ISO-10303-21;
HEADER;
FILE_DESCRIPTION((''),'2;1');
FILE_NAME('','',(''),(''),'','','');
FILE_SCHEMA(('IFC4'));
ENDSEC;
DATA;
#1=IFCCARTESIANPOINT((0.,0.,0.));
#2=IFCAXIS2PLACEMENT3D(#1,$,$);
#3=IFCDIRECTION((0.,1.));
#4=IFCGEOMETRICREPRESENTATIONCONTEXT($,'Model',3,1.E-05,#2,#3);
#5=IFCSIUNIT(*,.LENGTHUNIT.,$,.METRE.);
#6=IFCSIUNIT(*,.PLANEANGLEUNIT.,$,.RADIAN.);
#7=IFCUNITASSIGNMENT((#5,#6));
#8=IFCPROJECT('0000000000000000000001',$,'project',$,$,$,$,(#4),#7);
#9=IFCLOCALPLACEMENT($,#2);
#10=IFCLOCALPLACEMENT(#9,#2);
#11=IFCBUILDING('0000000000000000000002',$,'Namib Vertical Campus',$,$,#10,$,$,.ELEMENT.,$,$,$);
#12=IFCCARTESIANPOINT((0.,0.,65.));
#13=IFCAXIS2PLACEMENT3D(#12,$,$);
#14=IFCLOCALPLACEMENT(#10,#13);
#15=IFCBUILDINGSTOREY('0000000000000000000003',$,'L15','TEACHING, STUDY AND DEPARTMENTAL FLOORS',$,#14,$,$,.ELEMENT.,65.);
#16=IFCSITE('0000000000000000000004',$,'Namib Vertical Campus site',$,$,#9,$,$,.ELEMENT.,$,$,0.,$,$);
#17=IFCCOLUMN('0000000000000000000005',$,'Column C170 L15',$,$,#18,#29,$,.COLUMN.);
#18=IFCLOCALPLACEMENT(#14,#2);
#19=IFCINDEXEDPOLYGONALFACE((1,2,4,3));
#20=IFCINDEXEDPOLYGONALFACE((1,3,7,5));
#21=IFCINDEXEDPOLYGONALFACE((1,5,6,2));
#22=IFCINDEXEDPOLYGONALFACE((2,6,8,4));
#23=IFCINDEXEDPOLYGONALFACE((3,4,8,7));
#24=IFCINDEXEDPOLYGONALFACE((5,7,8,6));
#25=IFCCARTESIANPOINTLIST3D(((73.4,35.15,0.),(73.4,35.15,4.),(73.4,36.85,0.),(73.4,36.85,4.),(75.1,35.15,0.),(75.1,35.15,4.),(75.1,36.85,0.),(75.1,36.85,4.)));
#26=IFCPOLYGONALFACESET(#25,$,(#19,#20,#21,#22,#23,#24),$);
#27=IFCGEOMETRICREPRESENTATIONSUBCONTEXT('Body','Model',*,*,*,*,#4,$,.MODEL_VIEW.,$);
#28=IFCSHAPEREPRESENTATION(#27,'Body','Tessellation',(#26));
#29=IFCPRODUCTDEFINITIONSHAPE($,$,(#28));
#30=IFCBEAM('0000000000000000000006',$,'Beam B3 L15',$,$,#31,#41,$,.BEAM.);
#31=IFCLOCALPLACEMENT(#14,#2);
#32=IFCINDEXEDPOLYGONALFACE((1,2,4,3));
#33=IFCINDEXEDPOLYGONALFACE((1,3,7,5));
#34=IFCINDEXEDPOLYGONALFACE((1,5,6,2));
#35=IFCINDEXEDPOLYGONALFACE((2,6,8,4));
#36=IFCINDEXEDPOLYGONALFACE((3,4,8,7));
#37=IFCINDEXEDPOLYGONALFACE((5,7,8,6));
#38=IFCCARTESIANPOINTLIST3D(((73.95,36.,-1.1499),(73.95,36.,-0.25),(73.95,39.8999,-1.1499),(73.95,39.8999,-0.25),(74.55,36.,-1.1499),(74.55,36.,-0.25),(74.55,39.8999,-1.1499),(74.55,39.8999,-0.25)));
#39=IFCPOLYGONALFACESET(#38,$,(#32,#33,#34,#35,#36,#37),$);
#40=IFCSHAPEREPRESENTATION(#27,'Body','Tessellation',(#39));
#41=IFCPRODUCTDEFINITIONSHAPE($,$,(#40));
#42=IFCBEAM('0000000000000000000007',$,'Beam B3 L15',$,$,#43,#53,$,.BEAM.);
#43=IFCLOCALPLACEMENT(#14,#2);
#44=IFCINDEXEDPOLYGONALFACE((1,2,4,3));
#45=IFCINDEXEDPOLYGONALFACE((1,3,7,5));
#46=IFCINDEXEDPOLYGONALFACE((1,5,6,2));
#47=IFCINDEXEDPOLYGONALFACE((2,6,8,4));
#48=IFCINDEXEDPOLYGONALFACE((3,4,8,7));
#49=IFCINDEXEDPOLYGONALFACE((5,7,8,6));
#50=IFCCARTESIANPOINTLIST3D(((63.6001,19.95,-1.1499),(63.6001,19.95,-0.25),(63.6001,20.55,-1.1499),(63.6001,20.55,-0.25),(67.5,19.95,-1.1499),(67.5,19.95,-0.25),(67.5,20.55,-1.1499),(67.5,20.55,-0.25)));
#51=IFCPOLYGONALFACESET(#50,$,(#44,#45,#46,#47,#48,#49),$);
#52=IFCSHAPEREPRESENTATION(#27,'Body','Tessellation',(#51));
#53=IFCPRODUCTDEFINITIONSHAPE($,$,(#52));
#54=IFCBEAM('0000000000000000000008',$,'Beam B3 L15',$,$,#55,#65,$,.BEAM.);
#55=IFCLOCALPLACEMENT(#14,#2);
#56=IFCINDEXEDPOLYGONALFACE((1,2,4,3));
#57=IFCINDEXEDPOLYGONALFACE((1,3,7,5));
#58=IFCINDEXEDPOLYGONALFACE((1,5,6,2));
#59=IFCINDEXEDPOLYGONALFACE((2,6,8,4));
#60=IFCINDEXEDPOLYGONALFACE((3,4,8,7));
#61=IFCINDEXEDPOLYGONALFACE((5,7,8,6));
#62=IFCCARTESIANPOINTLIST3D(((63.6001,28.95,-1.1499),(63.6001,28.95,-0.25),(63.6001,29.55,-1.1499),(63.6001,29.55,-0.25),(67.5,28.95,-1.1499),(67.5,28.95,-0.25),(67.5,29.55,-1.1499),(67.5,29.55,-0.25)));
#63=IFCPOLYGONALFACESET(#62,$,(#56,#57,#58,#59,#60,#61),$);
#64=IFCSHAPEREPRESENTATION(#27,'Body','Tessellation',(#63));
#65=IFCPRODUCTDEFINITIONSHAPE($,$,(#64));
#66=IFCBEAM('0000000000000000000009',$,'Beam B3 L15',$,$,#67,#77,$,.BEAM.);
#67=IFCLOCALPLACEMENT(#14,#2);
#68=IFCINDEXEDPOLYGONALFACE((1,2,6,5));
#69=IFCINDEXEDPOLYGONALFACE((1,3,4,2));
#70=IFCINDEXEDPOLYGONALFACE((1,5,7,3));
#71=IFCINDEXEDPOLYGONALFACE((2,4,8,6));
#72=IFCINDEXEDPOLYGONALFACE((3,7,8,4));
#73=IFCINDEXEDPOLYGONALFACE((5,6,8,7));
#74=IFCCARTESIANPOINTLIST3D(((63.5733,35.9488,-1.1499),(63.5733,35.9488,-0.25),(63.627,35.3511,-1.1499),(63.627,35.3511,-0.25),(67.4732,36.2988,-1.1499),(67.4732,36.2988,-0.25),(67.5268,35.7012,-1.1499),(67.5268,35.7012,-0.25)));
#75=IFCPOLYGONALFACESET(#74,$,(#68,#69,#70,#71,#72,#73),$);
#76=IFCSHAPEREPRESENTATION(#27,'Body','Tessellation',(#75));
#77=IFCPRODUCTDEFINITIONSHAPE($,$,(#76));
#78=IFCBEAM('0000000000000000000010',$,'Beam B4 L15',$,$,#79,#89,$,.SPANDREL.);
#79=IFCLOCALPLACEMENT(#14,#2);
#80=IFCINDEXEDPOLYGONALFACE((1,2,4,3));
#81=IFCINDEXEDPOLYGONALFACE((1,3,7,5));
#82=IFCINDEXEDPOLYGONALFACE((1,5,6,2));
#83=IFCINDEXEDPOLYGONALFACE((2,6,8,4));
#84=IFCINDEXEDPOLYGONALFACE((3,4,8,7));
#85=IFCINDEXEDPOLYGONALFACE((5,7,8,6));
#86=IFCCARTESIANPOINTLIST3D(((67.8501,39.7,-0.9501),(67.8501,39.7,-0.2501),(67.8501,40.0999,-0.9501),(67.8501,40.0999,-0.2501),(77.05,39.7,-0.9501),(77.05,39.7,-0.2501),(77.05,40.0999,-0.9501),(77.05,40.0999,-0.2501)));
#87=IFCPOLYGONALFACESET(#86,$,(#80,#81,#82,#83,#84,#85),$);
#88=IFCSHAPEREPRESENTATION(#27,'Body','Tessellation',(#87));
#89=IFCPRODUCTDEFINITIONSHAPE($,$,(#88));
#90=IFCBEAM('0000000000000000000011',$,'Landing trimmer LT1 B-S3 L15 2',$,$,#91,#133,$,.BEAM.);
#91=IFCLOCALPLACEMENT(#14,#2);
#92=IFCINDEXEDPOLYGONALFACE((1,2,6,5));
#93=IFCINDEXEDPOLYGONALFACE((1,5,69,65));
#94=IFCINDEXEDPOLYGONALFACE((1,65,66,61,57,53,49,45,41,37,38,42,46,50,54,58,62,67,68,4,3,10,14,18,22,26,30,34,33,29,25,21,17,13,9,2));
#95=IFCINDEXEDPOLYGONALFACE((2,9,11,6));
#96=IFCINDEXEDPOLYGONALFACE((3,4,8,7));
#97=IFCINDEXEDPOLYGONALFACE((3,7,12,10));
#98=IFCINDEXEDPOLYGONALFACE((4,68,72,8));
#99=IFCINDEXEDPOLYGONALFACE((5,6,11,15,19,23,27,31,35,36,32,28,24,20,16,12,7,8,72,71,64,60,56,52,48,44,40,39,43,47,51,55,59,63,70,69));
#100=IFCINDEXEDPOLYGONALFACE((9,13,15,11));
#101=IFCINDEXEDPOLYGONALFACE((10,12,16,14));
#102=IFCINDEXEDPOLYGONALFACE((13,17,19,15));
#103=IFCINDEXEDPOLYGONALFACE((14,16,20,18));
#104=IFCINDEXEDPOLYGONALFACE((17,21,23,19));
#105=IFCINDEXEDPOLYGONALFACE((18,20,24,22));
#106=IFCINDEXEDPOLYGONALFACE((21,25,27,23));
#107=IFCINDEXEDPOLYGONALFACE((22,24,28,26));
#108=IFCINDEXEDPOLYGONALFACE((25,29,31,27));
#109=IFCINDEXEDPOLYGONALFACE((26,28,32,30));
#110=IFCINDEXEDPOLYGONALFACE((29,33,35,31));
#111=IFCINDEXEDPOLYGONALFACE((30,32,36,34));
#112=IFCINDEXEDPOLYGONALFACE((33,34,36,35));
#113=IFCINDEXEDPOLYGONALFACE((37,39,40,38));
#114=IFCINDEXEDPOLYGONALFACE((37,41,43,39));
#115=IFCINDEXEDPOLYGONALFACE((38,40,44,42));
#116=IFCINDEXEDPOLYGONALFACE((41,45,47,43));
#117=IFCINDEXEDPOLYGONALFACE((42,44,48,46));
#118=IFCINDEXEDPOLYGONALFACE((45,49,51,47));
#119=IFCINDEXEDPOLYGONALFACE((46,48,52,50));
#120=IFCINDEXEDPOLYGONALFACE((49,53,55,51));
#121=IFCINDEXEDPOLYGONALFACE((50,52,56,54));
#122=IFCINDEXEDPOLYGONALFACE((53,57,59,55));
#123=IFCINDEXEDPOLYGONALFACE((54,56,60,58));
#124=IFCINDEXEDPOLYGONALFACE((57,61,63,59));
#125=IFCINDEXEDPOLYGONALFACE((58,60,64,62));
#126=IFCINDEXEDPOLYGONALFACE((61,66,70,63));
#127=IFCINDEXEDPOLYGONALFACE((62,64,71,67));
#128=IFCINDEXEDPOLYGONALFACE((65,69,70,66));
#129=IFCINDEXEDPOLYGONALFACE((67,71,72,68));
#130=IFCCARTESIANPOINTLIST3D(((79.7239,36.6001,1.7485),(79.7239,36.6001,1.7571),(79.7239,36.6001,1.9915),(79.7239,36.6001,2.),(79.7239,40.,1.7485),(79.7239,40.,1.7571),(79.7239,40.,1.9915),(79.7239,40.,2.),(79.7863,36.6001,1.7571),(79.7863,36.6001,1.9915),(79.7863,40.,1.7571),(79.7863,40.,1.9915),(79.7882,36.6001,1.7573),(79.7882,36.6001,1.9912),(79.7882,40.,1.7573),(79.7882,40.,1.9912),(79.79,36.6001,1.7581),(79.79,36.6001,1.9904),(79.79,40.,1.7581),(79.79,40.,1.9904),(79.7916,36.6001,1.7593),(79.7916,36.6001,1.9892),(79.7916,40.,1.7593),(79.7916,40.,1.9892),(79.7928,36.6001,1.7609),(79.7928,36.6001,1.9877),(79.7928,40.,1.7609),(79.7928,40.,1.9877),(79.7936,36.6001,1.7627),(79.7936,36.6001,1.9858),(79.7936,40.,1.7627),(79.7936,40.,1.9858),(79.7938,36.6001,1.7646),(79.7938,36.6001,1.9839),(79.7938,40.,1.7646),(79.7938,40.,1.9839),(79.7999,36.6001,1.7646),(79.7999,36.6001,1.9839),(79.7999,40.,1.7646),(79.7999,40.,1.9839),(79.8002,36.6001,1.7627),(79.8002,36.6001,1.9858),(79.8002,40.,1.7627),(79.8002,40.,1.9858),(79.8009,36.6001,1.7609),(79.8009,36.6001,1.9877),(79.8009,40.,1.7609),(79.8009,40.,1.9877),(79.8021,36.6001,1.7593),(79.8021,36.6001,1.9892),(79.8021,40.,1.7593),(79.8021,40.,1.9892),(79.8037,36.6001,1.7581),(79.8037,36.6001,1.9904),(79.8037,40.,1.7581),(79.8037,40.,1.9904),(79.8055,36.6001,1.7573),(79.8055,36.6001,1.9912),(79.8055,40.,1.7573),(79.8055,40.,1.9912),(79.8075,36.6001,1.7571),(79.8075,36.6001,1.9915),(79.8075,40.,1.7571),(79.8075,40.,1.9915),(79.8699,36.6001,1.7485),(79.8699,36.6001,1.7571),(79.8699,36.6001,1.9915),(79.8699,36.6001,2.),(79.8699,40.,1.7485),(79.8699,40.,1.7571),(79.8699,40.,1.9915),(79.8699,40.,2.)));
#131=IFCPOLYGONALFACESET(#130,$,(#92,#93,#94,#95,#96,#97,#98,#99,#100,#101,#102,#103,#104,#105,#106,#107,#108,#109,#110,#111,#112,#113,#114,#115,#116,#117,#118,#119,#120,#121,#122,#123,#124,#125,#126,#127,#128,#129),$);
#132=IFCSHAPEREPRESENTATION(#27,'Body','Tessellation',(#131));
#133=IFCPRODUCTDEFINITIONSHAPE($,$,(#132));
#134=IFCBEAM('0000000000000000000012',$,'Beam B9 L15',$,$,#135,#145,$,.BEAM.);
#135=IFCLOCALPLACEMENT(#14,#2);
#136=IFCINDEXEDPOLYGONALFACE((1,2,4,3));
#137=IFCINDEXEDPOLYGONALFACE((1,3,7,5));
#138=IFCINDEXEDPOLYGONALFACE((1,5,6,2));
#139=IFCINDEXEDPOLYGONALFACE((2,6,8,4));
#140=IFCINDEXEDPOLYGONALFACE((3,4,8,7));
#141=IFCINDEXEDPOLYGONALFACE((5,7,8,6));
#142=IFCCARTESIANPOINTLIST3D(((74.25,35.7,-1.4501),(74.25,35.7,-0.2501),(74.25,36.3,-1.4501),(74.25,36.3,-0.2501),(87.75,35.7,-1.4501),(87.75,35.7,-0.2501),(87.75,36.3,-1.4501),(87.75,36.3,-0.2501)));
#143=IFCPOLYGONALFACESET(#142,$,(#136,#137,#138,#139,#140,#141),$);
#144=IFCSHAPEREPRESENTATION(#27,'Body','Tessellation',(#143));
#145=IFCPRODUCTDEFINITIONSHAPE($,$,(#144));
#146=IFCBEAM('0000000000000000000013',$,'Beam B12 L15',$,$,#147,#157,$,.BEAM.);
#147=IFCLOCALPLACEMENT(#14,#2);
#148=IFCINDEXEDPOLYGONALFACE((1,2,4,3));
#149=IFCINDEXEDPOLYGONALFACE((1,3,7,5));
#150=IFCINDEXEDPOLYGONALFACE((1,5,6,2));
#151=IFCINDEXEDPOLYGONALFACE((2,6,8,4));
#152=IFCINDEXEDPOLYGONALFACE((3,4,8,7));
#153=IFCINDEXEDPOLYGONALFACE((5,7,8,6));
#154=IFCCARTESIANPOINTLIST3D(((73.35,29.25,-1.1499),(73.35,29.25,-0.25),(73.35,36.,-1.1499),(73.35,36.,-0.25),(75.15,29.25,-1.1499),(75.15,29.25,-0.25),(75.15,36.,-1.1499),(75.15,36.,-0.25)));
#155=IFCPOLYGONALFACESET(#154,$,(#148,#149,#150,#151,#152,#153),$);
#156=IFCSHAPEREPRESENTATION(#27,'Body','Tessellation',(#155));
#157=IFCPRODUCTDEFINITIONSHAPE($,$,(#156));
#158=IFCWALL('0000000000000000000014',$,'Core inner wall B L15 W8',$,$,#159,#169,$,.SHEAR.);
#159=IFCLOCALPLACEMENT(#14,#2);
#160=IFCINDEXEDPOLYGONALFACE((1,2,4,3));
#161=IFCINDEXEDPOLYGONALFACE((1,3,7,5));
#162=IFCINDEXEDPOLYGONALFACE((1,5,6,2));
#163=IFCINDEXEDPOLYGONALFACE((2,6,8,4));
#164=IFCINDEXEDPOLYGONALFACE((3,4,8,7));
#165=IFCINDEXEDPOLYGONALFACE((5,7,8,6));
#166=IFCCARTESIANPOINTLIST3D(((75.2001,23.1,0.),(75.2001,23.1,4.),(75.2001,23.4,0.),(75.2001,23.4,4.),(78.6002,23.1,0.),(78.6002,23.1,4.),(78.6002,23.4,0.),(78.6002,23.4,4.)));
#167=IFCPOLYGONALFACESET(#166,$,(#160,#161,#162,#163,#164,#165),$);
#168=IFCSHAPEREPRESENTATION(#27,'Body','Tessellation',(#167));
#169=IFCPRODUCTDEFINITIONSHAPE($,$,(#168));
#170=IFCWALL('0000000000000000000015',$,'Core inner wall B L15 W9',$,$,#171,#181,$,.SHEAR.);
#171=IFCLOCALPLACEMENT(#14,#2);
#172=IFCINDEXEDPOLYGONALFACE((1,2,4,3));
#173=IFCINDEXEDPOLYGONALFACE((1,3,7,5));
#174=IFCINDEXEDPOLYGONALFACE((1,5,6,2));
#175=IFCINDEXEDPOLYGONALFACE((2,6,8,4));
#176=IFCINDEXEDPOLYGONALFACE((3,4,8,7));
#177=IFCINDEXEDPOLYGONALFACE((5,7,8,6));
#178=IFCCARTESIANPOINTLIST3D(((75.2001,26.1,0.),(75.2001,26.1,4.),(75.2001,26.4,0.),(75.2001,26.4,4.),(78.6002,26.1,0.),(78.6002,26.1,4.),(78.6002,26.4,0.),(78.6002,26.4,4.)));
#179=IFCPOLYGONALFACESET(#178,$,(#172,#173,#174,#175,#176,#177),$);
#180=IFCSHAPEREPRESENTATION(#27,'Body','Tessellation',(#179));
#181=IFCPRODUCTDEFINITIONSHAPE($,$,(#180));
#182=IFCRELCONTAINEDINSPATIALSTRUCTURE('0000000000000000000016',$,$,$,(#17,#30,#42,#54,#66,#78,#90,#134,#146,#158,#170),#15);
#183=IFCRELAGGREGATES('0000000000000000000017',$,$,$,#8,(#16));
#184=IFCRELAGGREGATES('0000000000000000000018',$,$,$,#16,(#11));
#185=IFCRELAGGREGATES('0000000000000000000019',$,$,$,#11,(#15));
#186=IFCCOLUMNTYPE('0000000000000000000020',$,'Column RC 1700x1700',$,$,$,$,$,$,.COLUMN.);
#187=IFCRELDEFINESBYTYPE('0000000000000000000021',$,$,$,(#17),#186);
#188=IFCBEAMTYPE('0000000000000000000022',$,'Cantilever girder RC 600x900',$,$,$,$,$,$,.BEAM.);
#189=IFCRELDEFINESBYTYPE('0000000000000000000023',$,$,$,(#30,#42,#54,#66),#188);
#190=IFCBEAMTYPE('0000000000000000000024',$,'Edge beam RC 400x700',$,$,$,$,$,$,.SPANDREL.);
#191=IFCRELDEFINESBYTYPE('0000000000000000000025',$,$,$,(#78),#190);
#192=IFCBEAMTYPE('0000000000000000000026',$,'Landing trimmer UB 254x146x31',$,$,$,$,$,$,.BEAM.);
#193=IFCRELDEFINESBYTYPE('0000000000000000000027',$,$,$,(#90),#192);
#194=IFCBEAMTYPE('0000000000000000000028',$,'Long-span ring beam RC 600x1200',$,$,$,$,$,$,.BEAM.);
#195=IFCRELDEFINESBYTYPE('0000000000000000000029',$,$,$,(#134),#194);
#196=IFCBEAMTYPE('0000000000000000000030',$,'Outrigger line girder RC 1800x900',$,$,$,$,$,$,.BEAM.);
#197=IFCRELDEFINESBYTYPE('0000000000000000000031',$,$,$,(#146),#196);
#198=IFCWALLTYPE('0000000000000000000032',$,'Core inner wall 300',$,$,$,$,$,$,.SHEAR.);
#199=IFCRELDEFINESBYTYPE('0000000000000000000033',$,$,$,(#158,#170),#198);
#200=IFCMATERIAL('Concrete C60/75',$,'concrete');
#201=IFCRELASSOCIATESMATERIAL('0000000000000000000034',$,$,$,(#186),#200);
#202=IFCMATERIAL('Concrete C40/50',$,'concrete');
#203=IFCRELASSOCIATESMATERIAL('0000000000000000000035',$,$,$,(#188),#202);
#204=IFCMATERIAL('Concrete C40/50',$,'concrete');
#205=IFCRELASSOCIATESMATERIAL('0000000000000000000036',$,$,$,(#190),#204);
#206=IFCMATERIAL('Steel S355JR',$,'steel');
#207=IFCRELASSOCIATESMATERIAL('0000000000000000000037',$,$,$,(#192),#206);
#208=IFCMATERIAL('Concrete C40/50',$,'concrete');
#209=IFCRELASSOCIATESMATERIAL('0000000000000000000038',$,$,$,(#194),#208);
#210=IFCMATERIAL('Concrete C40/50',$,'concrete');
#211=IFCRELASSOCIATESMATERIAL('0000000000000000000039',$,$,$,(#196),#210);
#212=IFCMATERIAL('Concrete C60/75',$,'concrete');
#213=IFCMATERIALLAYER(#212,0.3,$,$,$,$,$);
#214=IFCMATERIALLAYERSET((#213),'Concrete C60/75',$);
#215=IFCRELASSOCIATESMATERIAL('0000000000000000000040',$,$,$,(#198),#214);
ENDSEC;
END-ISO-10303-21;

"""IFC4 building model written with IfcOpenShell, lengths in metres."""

from ifc_helpers import new_model, si_unit, direction, frame, frame_2d, origin, origin_2d, place, context, subcontext, project, spatial, rectangle, i_section, extrude, material, layer, layer_set, material_profile, profile_set, type_object, element, save


model = new_model("IFC4")

# Units and contexts
model_context = context("Model", 3, precision=1e-05, world=origin(), true_north=direction((0.0, 1.0)))
body_context = subcontext(model_context, "Body", "Model", "MODEL_VIEW")
ifc_project = project(units=[si_unit("LENGTHUNIT", "METRE"), si_unit("PLANEANGLEUNIT", "RADIAN")], contexts=[model_context])

# Site, building, storey
site_placement = place(None, origin())
site = spatial("IfcSite", under=ifc_project, at=site_placement, Name="Namib Vertical Campus site", CompositionType="ELEMENT", RefElevation=0.0)
building_placement = place(site_placement, origin())
building = spatial("IfcBuilding", under=site, at=building_placement, Name="Namib Vertical Campus", CompositionType="ELEMENT")
storey_placement = place(building_placement, frame((0.0, 0.0, 65.0)))
storey = spatial("IfcBuildingStorey", under=building, at=storey_placement, Name="L15", Description="TEACHING, STUDY AND DEPARTMENTAL FLOORS", CompositionType="ELEMENT", Elevation=65.0)

# Column
ifc_material_1 = material(Name="Concrete C60/75", Category="concrete")
ifc_material_profile_1 = material_profile(ifc_material_1, rectangle(XDim=1.7, YDim=1.7, at=origin_2d()))
ifc_profile_set_1 = profile_set([ifc_material_profile_1], Name="Concrete C60/75")
column_type = type_object("IfcColumnType", Name="Column RC 1700x1700", PredefinedType="COLUMN", material=ifc_profile_set_1)
column_placement = place(storey_placement, frame((74.25, 36.0, 0.0), z_axis=(0.0, 0.0, 1.0), x_axis=(1.0, 0.0, 0.0)))
element("IfcColumn", 1, at=column_placement, inside=storey, type_object=column_type, Name="Column C170 L15", PredefinedType="COLUMN", context=body_context, shape_type="SweptSolid", body=[
    extrude(rectangle(XDim=1.7, YDim=1.7, at=origin_2d()), origin(), (0.0, 0.0, 1.0), 4.0),
])

# Beams
ifc_material_2 = material(Name="Concrete C40/50", Category="concrete")
ifc_material_profile_2 = material_profile(ifc_material_2, rectangle(XDim=0.6001, YDim=0.8999, at=origin_2d()))
ifc_profile_set_2 = profile_set([ifc_material_profile_2], Name="Concrete C40/50")
beam_type_1 = type_object("IfcBeamType", Name="Cantilever girder RC 600x900", PredefinedType="BEAM", material=ifc_profile_set_2)
for number, where, z_axis, x_axis, name in (
    (2, (74.25, 36.0, -0.7), (0.0, 1.0, 0.0), (-1.0, 0.0, 0.0), "Beam B3 L15"),
    (3, (67.5, 20.25, -0.7), (-1.0, 0.0, 0.0), (0.0, -1.0, 0.0), "Beam B3 L15"),
    (4, (67.5, 29.25, -0.7), (-1.0, 0.0, 0.0), (0.0, -1.0, 0.0), "Beam B3 L15"),
):
    element("IfcBeam", number, at=place(storey_placement, frame(where, z_axis=z_axis, x_axis=x_axis)), inside=storey, type_object=beam_type_1, Name=name, PredefinedType="BEAM", context=body_context, shape_type="SweptSolid", body=[
        extrude(rectangle(XDim=0.6001, YDim=0.8999, at=origin_2d()), origin(), (0.0, 0.0, 1.0), 3.8999),
    ])
beam_1_placement = place(storey_placement, frame((67.5, 36.0, -0.7), z_axis=(-0.995995, -0.089411, 0.0), x_axis=(0.089411, -0.995995, 0.0)))
element("IfcBeam", 5, at=beam_1_placement, inside=storey, type_object=beam_type_1, Name="Beam B3 L15", PredefinedType="BEAM", context=body_context, shape_type="SweptSolid", body=[
    extrude(rectangle(XDim=0.6001, YDim=0.8999, at=origin_2d()), origin(), (0.0, 0.0, 1.0), 3.9155),
])
ifc_material_3 = material(Name="Concrete C40/50", Category="concrete")
ifc_material_profile_3 = material_profile(ifc_material_3, rectangle(XDim=0.3999, YDim=0.7, at=origin_2d()))
ifc_profile_set_3 = profile_set([ifc_material_profile_3], Name="Concrete C40/50")
beam_type_2 = type_object("IfcBeamType", Name="Edge beam RC 400x700", PredefinedType="SPANDREL", material=ifc_profile_set_3)
beam_2_placement = place(storey_placement, frame((67.8501, 39.8999, -0.6001), z_axis=(1.0, 0.0, 0.0), x_axis=(0.0, 1.0, 0.0)))
element("IfcBeam", 6, at=beam_2_placement, inside=storey, type_object=beam_type_2, Name="Beam B4 L15", PredefinedType="SPANDREL", context=body_context, shape_type="SweptSolid", body=[
    extrude(rectangle(XDim=0.3999, YDim=0.7, at=origin_2d()), origin(), (0.0, 0.0, 1.0), 9.2),
])
ifc_material_4 = material(Name="Steel S355JR", Category="steel")
ifc_material_profile_4 = material_profile(ifc_material_4, i_section(OverallWidth=0.146, OverallDepth=0.2515, WebThickness=0.0061, FlangeThickness=0.0085, FilletRadius=0.0076, at=origin_2d()))
ifc_profile_set_4 = profile_set([ifc_material_profile_4], Name="Steel S355JR")
beam_type_3 = type_object("IfcBeamType", Name="Landing trimmer UB 254x146x31", PredefinedType="BEAM", material=ifc_profile_set_4)
beam_3_placement = place(storey_placement, frame((79.7969, 36.6001, 1.8743), z_axis=(0.0, 1.0, 0.0), x_axis=(-1.0, 0.0, 0.0)))
element("IfcBeam", 7, at=beam_3_placement, inside=storey, type_object=beam_type_3, Name="Landing trimmer LT1 B-S3 L15 2", PredefinedType="BEAM", context=body_context, shape_type="SweptSolid", body=[
    extrude(i_section(OverallWidth=0.146, OverallDepth=0.2515, WebThickness=0.0061, FlangeThickness=0.0085, FilletRadius=0.0076, at=origin_2d()), origin(), (0.0, 0.0, 1.0), 3.3999),
])
ifc_material_5 = material(Name="Concrete C40/50", Category="concrete")
ifc_material_profile_5 = material_profile(ifc_material_5, rectangle(XDim=0.6001, YDim=1.2, at=origin_2d()))
ifc_profile_set_5 = profile_set([ifc_material_profile_5], Name="Concrete C40/50")
beam_type_4 = type_object("IfcBeamType", Name="Long-span ring beam RC 600x1200", PredefinedType="BEAM", material=ifc_profile_set_5)
beam_4_placement = place(storey_placement, frame((74.25, 36.0, -0.8501), z_axis=(1.0, 0.0, 0.0), x_axis=(0.0, 1.0, 0.0)))
element("IfcBeam", 8, at=beam_4_placement, inside=storey, type_object=beam_type_4, Name="Beam B9 L15", PredefinedType="BEAM", context=body_context, shape_type="SweptSolid", body=[
    extrude(rectangle(XDim=0.6001, YDim=1.2, at=origin_2d()), origin(), (0.0, 0.0, 1.0), 13.5),
])
ifc_material_6 = material(Name="Concrete C40/50", Category="concrete")
ifc_material_profile_6 = material_profile(ifc_material_6, rectangle(XDim=1.8, YDim=0.8999, at=origin_2d()))
ifc_profile_set_6 = profile_set([ifc_material_profile_6], Name="Concrete C40/50")
beam_type_5 = type_object("IfcBeamType", Name="Outrigger line girder RC 1800x900", PredefinedType="BEAM", material=ifc_profile_set_6)
beam_5_placement = place(storey_placement, frame((74.25, 36.0, -0.7), z_axis=(0.0, -1.0, 0.0), x_axis=(1.0, 0.0, 0.0)))
element("IfcBeam", 9, at=beam_5_placement, inside=storey, type_object=beam_type_5, Name="Beam B12 L15", PredefinedType="BEAM", context=body_context, shape_type="SweptSolid", body=[
    extrude(rectangle(XDim=1.8, YDim=0.8999, at=origin_2d()), origin(), (0.0, 0.0, 1.0), 6.75),
])

# Walls
ifc_material_7 = material(Name="Concrete C60/75", Category="concrete")
ifc_layer_1 = layer(ifc_material_7, 0.3)
ifc_layer_set_1 = layer_set([ifc_layer_1], Name="Concrete C60/75")
wall_type_1 = type_object("IfcWallType", Name="Core inner wall 300", PredefinedType="SHEAR", material=ifc_layer_set_1)
for number, where, z_axis, x_axis, name in (
    (10, (75.2, 23.25, 0.0), (0.0, 0.0, 1.0), (1.0, 0.0, 0.0), "Core inner wall B L15 W8"),
    (11, (75.2, 26.25, 0.0), (0.0, 0.0, 1.0), (1.0, 0.0, 0.0), "Core inner wall B L15 W9"),
):
    element("IfcWall", number, at=place(storey_placement, frame(where, z_axis=z_axis, x_axis=x_axis)), inside=storey, type_object=wall_type_1, Name=name, PredefinedType="SHEAR", context=body_context, shape_type="SweptSolid", body=[
        extrude(rectangle(XDim=3.4001, YDim=0.3, at=frame_2d((1.7002, 0.0))), origin(), (0.0, 0.0, 1.0), 4.0),
    ])

save(model, "model.ifc")
